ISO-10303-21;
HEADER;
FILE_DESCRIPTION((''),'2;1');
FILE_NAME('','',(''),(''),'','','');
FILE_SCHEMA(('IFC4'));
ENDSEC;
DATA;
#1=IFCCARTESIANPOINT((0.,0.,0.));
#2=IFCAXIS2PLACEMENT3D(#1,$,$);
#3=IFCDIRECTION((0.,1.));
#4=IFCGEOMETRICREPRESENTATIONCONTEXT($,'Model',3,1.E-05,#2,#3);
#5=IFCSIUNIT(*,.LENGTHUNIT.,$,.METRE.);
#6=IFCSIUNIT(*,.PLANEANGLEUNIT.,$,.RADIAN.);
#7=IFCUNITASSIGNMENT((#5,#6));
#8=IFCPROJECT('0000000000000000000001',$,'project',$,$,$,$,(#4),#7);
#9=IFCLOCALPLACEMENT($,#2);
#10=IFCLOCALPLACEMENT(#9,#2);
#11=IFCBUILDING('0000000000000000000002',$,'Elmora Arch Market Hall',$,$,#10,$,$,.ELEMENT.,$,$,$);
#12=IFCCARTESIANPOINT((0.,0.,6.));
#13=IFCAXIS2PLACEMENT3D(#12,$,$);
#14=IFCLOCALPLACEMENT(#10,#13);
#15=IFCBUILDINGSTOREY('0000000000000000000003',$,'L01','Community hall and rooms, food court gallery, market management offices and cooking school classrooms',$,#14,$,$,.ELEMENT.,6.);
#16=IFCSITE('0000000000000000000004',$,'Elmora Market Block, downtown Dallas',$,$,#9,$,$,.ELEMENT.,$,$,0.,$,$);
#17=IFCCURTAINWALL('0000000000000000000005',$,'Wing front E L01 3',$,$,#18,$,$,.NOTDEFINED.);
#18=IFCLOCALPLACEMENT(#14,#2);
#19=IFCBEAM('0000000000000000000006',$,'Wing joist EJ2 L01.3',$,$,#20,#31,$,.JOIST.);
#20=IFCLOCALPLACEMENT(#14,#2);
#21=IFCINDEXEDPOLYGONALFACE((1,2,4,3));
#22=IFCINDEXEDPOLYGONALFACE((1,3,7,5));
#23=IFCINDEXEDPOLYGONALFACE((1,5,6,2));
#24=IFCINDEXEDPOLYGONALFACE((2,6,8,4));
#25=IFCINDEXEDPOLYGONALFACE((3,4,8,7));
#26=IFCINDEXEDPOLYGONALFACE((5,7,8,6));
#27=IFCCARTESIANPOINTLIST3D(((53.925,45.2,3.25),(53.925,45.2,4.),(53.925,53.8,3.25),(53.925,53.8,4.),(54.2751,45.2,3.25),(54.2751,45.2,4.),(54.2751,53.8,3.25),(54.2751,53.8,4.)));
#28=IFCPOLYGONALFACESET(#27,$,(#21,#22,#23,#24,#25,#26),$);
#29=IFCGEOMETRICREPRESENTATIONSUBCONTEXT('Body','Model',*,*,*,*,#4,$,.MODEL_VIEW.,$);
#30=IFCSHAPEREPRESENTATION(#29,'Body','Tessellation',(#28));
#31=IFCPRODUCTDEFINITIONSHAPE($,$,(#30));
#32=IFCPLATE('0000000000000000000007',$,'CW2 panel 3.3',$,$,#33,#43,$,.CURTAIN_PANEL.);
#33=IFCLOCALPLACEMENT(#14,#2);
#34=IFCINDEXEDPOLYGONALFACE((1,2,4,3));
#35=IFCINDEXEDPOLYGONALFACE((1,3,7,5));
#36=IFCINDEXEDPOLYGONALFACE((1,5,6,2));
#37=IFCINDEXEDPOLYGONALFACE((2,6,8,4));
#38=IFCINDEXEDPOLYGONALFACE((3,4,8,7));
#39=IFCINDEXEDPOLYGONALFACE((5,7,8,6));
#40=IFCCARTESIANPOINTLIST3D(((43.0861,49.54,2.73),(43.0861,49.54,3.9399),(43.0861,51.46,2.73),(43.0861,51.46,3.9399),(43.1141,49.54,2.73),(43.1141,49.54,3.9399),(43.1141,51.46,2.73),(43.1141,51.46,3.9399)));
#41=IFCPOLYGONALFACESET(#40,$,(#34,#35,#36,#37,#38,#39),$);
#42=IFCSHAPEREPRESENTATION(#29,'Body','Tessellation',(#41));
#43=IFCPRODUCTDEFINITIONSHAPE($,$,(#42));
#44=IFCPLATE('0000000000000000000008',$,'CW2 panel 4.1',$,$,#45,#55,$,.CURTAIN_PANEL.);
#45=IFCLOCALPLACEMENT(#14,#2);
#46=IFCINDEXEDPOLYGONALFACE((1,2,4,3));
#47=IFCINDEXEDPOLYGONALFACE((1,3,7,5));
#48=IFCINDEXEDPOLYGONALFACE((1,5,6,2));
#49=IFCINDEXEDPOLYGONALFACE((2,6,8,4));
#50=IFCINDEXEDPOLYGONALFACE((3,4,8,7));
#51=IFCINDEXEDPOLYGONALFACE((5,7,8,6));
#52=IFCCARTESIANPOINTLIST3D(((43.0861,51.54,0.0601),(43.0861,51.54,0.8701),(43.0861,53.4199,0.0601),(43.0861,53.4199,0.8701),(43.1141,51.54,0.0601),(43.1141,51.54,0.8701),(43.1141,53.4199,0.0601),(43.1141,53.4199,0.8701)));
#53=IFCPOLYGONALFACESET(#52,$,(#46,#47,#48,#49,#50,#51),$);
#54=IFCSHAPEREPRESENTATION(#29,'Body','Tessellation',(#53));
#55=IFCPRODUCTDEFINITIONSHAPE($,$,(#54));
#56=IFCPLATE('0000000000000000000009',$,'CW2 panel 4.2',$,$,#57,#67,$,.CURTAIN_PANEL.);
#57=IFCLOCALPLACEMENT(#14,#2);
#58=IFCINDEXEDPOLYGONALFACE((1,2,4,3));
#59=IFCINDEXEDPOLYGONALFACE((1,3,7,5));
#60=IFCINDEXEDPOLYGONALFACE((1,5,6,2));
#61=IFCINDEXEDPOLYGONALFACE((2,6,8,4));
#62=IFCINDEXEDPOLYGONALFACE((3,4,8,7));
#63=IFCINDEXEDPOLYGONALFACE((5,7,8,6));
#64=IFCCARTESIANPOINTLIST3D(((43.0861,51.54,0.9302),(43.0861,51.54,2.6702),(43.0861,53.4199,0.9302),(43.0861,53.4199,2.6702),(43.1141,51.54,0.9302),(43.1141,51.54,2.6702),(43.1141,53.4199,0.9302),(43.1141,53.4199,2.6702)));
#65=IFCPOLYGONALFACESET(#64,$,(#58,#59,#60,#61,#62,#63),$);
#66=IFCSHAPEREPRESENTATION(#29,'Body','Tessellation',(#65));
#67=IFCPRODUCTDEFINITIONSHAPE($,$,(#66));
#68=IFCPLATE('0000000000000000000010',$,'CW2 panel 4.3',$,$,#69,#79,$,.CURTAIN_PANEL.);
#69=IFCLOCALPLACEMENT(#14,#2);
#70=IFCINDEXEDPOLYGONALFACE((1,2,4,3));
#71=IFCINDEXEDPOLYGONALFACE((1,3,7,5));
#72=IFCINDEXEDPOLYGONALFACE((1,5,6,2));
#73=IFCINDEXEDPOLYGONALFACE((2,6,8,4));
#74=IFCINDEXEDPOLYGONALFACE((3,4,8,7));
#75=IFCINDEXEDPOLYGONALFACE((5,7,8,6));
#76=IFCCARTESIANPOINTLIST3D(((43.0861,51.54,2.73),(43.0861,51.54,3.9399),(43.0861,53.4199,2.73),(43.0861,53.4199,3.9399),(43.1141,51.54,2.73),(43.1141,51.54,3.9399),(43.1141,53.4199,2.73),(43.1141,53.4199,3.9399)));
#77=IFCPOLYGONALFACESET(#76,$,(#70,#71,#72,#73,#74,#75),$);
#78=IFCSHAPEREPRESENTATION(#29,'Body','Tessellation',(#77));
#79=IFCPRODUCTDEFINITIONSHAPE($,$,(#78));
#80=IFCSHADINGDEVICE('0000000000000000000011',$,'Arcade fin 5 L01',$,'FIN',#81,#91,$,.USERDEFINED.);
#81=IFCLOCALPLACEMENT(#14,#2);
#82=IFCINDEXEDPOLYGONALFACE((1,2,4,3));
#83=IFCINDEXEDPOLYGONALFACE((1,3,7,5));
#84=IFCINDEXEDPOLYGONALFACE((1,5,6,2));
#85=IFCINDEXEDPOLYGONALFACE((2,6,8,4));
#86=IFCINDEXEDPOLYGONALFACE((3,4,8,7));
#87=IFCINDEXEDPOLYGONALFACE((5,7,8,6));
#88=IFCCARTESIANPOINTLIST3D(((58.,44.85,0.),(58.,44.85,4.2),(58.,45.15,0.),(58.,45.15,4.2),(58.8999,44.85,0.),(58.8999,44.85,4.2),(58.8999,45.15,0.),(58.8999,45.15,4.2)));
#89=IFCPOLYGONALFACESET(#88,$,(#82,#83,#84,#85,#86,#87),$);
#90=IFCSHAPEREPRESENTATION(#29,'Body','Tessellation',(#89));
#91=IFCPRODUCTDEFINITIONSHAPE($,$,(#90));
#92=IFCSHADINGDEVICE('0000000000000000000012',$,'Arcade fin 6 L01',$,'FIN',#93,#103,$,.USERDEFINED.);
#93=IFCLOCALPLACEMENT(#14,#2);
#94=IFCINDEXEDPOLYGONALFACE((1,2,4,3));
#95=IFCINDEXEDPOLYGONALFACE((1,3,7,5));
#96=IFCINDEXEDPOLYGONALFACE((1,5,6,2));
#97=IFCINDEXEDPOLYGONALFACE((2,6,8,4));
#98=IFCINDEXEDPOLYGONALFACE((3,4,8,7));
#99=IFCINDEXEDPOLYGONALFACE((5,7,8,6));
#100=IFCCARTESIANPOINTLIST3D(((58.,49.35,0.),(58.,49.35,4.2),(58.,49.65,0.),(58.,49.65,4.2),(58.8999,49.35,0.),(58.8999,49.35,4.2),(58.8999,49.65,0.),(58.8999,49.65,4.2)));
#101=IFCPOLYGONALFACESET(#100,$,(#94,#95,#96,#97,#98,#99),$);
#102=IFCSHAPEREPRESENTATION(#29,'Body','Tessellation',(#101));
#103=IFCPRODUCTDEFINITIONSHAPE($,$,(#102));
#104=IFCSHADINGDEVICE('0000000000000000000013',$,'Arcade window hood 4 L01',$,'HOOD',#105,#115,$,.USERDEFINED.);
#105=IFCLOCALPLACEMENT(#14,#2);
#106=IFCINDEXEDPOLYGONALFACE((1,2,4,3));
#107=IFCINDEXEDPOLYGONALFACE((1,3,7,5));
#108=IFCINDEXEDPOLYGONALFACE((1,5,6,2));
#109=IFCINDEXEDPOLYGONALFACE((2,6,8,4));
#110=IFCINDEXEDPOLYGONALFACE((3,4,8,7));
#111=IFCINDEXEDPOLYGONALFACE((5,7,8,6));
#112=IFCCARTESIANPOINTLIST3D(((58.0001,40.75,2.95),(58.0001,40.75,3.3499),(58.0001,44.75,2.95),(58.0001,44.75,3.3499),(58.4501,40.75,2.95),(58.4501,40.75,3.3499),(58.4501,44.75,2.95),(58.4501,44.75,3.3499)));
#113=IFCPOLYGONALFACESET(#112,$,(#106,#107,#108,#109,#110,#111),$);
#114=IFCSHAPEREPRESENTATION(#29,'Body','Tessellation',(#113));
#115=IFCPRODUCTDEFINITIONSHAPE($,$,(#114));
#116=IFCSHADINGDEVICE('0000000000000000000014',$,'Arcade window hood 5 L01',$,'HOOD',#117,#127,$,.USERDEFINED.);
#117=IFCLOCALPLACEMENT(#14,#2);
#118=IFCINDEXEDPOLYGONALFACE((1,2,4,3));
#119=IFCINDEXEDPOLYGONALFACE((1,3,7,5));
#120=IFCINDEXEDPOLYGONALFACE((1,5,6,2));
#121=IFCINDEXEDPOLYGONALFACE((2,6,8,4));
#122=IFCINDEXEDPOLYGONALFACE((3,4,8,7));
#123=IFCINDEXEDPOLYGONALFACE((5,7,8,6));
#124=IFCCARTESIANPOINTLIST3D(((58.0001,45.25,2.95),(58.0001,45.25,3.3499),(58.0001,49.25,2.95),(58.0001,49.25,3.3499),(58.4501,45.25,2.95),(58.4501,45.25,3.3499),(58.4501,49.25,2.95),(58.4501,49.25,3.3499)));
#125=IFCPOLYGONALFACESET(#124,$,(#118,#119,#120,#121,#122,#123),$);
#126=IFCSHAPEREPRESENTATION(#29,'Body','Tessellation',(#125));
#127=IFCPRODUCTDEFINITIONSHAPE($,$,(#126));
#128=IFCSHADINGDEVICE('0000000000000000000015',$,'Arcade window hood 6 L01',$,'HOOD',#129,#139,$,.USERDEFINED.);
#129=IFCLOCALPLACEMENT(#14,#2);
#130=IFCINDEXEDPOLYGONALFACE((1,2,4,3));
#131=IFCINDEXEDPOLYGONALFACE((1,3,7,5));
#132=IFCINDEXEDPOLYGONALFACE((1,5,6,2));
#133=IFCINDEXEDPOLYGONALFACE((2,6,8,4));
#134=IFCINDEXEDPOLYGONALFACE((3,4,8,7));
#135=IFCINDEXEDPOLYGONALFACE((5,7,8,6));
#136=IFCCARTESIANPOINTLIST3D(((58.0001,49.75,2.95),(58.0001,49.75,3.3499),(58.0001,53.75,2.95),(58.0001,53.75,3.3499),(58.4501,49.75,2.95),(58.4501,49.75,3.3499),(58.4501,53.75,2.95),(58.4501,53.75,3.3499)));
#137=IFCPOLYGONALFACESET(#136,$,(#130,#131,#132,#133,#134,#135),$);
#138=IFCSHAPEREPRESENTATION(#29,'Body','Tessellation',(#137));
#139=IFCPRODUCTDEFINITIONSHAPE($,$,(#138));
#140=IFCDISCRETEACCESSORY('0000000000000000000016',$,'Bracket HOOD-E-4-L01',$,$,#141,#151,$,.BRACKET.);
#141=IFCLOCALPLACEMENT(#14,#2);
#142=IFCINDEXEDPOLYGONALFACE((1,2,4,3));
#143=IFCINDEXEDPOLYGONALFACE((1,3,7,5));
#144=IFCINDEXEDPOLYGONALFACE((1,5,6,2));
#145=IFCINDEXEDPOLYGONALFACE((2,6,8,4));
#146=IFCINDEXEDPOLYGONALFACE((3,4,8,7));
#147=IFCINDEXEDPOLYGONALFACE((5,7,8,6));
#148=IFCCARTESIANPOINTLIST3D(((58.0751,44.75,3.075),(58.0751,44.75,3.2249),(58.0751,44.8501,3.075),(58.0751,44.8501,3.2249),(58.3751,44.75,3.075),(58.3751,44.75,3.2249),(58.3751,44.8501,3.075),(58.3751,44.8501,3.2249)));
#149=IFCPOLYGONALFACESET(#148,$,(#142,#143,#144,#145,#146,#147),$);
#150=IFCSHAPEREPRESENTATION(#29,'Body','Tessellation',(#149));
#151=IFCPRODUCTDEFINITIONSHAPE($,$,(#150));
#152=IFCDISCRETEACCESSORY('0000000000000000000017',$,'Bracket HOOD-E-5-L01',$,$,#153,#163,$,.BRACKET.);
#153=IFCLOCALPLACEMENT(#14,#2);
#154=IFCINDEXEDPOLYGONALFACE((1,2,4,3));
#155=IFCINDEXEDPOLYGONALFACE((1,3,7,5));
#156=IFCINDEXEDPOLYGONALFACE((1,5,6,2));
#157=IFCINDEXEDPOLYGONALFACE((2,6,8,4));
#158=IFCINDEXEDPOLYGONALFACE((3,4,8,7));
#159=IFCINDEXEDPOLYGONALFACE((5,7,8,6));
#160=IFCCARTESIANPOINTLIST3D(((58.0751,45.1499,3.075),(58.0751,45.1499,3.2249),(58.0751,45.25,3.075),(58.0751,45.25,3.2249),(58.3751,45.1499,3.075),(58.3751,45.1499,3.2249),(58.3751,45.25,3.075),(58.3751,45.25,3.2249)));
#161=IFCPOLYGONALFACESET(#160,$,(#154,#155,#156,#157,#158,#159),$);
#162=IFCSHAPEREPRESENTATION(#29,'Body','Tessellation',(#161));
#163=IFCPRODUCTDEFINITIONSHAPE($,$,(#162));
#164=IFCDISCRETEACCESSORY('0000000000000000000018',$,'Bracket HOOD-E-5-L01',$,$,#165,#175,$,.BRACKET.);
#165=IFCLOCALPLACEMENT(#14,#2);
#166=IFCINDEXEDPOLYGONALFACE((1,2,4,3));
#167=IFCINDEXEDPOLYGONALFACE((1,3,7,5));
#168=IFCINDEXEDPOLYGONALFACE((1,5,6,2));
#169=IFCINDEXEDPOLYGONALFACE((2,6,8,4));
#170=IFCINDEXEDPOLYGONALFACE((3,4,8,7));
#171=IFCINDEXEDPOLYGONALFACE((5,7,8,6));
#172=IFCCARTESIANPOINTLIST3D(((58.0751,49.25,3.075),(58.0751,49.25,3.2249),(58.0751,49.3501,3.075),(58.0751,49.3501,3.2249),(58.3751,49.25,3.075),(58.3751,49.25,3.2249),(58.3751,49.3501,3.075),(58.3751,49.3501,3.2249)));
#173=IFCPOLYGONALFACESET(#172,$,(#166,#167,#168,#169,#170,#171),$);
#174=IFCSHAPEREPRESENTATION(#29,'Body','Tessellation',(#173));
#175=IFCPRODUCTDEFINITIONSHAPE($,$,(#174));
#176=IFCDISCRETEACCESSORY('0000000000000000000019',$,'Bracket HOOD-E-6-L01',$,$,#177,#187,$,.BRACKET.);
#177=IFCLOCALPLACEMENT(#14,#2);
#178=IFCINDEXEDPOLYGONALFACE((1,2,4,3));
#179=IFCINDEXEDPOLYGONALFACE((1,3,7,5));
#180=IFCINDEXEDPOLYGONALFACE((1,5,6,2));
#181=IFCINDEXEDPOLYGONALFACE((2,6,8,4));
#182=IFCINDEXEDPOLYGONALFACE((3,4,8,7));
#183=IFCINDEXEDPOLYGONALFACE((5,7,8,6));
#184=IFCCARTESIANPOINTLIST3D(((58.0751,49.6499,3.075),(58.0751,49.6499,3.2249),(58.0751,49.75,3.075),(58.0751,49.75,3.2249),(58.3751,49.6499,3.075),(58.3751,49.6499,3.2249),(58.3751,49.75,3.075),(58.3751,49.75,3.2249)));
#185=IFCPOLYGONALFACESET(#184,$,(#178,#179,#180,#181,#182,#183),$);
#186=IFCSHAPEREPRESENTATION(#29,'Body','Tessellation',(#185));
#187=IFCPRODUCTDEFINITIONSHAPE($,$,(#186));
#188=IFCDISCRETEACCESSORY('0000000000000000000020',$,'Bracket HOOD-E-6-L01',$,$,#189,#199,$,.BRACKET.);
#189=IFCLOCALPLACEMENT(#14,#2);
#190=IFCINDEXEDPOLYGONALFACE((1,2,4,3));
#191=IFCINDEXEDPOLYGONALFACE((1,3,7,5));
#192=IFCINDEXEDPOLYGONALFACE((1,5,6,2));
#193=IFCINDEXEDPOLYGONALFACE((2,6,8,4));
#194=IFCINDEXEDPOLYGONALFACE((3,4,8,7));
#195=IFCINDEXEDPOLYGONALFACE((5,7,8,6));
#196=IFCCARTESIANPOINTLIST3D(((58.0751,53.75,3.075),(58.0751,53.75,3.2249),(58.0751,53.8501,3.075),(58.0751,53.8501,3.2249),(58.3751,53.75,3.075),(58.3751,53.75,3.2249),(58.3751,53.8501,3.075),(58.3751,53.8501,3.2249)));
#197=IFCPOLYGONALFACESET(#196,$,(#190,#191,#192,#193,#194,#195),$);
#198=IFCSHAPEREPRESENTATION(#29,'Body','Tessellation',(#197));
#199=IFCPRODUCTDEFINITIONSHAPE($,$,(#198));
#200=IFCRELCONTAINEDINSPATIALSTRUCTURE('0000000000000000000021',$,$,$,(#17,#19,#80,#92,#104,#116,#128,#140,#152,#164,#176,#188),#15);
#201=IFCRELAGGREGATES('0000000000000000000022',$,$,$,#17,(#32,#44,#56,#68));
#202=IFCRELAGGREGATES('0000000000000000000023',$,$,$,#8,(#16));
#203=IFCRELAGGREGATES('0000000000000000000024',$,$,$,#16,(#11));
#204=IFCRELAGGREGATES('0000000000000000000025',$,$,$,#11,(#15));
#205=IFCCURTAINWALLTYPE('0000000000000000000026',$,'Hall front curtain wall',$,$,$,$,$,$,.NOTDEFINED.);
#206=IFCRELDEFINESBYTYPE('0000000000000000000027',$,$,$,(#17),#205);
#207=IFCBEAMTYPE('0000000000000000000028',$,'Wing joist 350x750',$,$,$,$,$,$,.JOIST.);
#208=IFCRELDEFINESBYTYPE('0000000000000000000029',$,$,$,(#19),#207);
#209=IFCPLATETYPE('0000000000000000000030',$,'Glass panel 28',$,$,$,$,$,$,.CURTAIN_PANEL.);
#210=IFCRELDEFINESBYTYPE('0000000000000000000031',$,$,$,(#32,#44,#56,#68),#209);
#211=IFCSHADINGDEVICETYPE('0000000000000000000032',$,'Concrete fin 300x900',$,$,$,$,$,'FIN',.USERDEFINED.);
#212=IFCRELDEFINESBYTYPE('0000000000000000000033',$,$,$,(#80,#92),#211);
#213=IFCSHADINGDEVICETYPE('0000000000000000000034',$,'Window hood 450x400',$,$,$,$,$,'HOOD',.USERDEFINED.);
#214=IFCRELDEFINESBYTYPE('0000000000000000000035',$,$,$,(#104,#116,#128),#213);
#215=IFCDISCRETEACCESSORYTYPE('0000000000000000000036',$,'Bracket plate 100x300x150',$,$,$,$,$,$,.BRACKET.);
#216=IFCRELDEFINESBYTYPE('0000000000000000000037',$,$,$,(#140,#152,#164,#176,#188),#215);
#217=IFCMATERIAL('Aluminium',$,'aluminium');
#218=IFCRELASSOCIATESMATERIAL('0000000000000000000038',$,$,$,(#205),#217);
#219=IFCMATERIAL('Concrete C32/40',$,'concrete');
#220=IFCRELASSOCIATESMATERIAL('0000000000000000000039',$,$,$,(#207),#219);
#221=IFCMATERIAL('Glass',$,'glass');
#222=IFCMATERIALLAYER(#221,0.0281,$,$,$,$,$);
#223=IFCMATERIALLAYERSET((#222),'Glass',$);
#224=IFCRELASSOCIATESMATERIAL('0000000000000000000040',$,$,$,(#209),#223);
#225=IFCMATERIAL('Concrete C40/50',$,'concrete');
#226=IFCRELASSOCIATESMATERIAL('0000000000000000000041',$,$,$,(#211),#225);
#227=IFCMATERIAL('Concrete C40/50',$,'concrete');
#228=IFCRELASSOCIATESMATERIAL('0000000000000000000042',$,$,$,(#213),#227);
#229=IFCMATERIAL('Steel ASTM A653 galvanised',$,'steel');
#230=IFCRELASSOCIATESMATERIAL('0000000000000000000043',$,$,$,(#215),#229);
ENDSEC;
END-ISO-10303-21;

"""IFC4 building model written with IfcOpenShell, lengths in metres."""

from ifc_helpers import new_model, si_unit, direction, frame, origin, origin_2d, place, context, subcontext, project, spatial, rectangle, extrude, material, layer, layer_set, material_profile, profile_set, type_object, element, aggregate, save


model = new_model("IFC4")

# Units and contexts
model_context = context("Model", 3, precision=1e-05, world=origin(), true_north=direction((0.0, 1.0)))
body_context = subcontext(model_context, "Body", "Model", "MODEL_VIEW")
ifc_project = project(units=[si_unit("LENGTHUNIT", "METRE"), si_unit("PLANEANGLEUNIT", "RADIAN")], contexts=[model_context])

# Site, building, storey
site_placement = place(None, origin())
site = spatial("IfcSite", under=ifc_project, at=site_placement, Name="Elmora Market Block, downtown Dallas", CompositionType="ELEMENT", RefElevation=0.0)
building_placement = place(site_placement, origin())
building = spatial("IfcBuilding", under=site, at=building_placement, Name="Elmora Arch Market Hall", CompositionType="ELEMENT")
storey_placement = place(building_placement, frame((0.0, 0.0, 6.0)))
storey = spatial("IfcBuildingStorey", under=building, at=storey_placement, Name="L01", Description="Community hall and rooms, food court gallery, market management offices and cooking school classrooms", CompositionType="ELEMENT", Elevation=6.0)

# Curtain wall
ifc_material_1 = material(Name="Aluminium", Category="aluminium")
curtain_wall_type = type_object("IfcCurtainWallType", Name="Hall front curtain wall", PredefinedType="NOTDEFINED", material=ifc_material_1)
curtain_wall_placement = place(storey_placement, origin())
curtain_wall = element("IfcCurtainWall", 1, at=curtain_wall_placement, inside=storey, type_object=curtain_wall_type, Name="Wing front E L01 3", PredefinedType="NOTDEFINED")

# Beam
ifc_material_2 = material(Name="Concrete C32/40", Category="concrete")
ifc_material_profile_1 = material_profile(ifc_material_2, rectangle(XDim=0.3501, YDim=0.75, at=origin_2d()), Name="Wing joist 350x750")
ifc_profile_set_1 = profile_set([ifc_material_profile_1], Name="Concrete C32/40")
beam_type_1 = type_object("IfcBeamType", Name="Wing joist 350x750", PredefinedType="JOIST", material=ifc_profile_set_1)
for number, where, z_axis, x_axis, name in (
    (2, (54.1001, 45.2, 3.625), (0.0, 1.0, 0.0), (-1.0, 0.0, 0.0), "Wing joist EJ2 L01.3"),
):
    element("IfcBeam", number, at=place(storey_placement, frame(where, z_axis=z_axis, x_axis=x_axis)), inside=storey, type_object=beam_type_1, Name=name, PredefinedType="JOIST", context=body_context, shape_type="SweptSolid", body=[
        extrude(rectangle(XDim=0.3501, YDim=0.75, at=origin_2d()), origin(), (0.0, 0.0, 1.0), 8.6001),
    ])

# Plates
ifc_material_3 = material(Name="Glass", Category="glass")
ifc_layer = layer(ifc_material_3, 0.0281)
ifc_layer_set = layer_set([ifc_layer], Name="Glass")
plate_type = type_object("IfcPlateType", Name="Glass panel 28", PredefinedType="CURTAIN_PANEL", material=ifc_layer_set)
plate_1_placement = place(storey_placement, frame((43.1001, 50.5, 2.73), z_axis=(0.0, 0.0, 1.0), x_axis=(0.0, 1.0, 0.0)))
plate_1 = element("IfcPlate", 3, at=plate_1_placement, type_object=plate_type, Name="CW2 panel 3.3", PredefinedType="CURTAIN_PANEL", context=body_context, shape_type="SweptSolid", body=[
    extrude(rectangle(XDim=1.9199, YDim=0.0281, at=origin_2d()), origin(), (0.0, 0.0, 1.0), 1.21),
])
plate_2_placement = place(storey_placement, frame((43.1001, 52.48, 0.0601), z_axis=(0.0, 0.0, 1.0), x_axis=(0.0, 1.0, 0.0)))
plate_2 = element("IfcPlate", 4, at=plate_2_placement, type_object=plate_type, Name="CW2 panel 4.1", PredefinedType="CURTAIN_PANEL", context=body_context, shape_type="SweptSolid", body=[
    extrude(rectangle(XDim=1.8799, YDim=0.0281, at=origin_2d()), origin(), (0.0, 0.0, 1.0), 0.8101),
])
plate_3_placement = place(storey_placement, frame((43.1001, 52.48, 0.9302), z_axis=(0.0, 0.0, 1.0), x_axis=(0.0, 1.0, 0.0)))
plate_3 = element("IfcPlate", 5, at=plate_3_placement, type_object=plate_type, Name="CW2 panel 4.2", PredefinedType="CURTAIN_PANEL", context=body_context, shape_type="SweptSolid", body=[
    extrude(rectangle(XDim=1.8799, YDim=0.0281, at=origin_2d()), origin(), (0.0, 0.0, 1.0), 1.74),
])
plate_4_placement = place(storey_placement, frame((43.1001, 52.48, 2.73), z_axis=(0.0, 0.0, 1.0), x_axis=(0.0, 1.0, 0.0)))
plate_4 = element("IfcPlate", 6, at=plate_4_placement, type_object=plate_type, Name="CW2 panel 4.3", PredefinedType="CURTAIN_PANEL", context=body_context, shape_type="SweptSolid", body=[
    extrude(rectangle(XDim=1.8799, YDim=0.0281, at=origin_2d()), origin(), (0.0, 0.0, 1.0), 1.21),
])
aggregate(curtain_wall, [plate_1, plate_2, plate_3, plate_4])

# Shading devices
ifc_material_4 = material(Name="Concrete C40/50", Category="concrete")
shading_device_type_1 = type_object("IfcShadingDeviceType", Name="Concrete fin 300x900", ElementType="FIN", PredefinedType="USERDEFINED", material=ifc_material_4)
for number, where, z_axis, x_axis, name in (
    (7, (58.45, 45.0, 0.0), (0.0, 0.0, 1.0), (1.0, 0.0, 0.0), "Arcade fin 5 L01"),
    (8, (58.45, 49.5, 0.0), (0.0, 0.0, 1.0), (1.0, 0.0, 0.0), "Arcade fin 6 L01"),
):
    element("IfcShadingDevice", number, at=place(storey_placement, frame(where, z_axis=z_axis, x_axis=x_axis)), inside=storey, type_object=shading_device_type_1, Name=name, ObjectType="FIN", PredefinedType="USERDEFINED", context=body_context, shape_type="SweptSolid", body=[
        extrude(rectangle(XDim=0.8999, YDim=0.3, at=origin_2d()), origin(), (0.0, 0.0, 1.0), 4.2),
    ])
ifc_material_5 = material(Name="Concrete C40/50", Category="concrete")
shading_device_type_2 = type_object("IfcShadingDeviceType", Name="Window hood 450x400", ElementType="HOOD", PredefinedType="USERDEFINED", material=ifc_material_5)
for number, where, z_axis, x_axis, name in (
    (9, (58.2251, 42.75, 2.95), (0.0, 0.0, 1.0), (1.0, 0.0, 0.0), "Arcade window hood 4 L01"),
    (10, (58.2251, 47.25, 2.95), (0.0, 0.0, 1.0), (1.0, 0.0, 0.0), "Arcade window hood 5 L01"),
    (11, (58.2251, 51.75, 2.95), (0.0, 0.0, 1.0), (1.0, 0.0, 0.0), "Arcade window hood 6 L01"),
):
    element("IfcShadingDevice", number, at=place(storey_placement, frame(where, z_axis=z_axis, x_axis=x_axis)), inside=storey, type_object=shading_device_type_2, Name=name, ObjectType="HOOD", PredefinedType="USERDEFINED", context=body_context, shape_type="SweptSolid", body=[
        extrude(rectangle(XDim=0.45, YDim=4.0, at=origin_2d()), origin(), (0.0, 0.0, 1.0), 0.3999),
    ])

# Discrete accessories
ifc_material_6 = material(Name="Steel ASTM A653 galvanised", Category="steel")
discrete_accessory_type = type_object("IfcDiscreteAccessoryType", Name="Bracket plate 100x300x150", PredefinedType="BRACKET", material=ifc_material_6)
for number, where, z_axis, x_axis, name in (
    (12, (58.2251, 44.8, 3.075), (0.0, 0.0, 1.0), (1.0, 0.0, 0.0), "Bracket HOOD-E-4-L01"),
    (13, (58.2251, 45.2, 3.075), (0.0, 0.0, 1.0), (1.0, 0.0, 0.0), "Bracket HOOD-E-5-L01"),
    (14, (58.2251, 49.3, 3.075), (0.0, 0.0, 1.0), (1.0, 0.0, 0.0), "Bracket HOOD-E-5-L01"),
    (15, (58.2251, 49.7, 3.075), (0.0, 0.0, 1.0), (1.0, 0.0, 0.0), "Bracket HOOD-E-6-L01"),
    (16, (58.2251, 53.8, 3.075), (0.0, 0.0, 1.0), (1.0, 0.0, 0.0), "Bracket HOOD-E-6-L01"),
):
    element("IfcDiscreteAccessory", number, at=place(storey_placement, frame(where, z_axis=z_axis, x_axis=x_axis)), inside=storey, type_object=discrete_accessory_type, Name=name, PredefinedType="BRACKET", context=body_context, shape_type="SweptSolid", body=[
        extrude(rectangle(XDim=0.3, YDim=0.1001, at=origin_2d()), origin(), (0.0, 0.0, 1.0), 0.1499),
    ])

save(model, "model.ifc")
